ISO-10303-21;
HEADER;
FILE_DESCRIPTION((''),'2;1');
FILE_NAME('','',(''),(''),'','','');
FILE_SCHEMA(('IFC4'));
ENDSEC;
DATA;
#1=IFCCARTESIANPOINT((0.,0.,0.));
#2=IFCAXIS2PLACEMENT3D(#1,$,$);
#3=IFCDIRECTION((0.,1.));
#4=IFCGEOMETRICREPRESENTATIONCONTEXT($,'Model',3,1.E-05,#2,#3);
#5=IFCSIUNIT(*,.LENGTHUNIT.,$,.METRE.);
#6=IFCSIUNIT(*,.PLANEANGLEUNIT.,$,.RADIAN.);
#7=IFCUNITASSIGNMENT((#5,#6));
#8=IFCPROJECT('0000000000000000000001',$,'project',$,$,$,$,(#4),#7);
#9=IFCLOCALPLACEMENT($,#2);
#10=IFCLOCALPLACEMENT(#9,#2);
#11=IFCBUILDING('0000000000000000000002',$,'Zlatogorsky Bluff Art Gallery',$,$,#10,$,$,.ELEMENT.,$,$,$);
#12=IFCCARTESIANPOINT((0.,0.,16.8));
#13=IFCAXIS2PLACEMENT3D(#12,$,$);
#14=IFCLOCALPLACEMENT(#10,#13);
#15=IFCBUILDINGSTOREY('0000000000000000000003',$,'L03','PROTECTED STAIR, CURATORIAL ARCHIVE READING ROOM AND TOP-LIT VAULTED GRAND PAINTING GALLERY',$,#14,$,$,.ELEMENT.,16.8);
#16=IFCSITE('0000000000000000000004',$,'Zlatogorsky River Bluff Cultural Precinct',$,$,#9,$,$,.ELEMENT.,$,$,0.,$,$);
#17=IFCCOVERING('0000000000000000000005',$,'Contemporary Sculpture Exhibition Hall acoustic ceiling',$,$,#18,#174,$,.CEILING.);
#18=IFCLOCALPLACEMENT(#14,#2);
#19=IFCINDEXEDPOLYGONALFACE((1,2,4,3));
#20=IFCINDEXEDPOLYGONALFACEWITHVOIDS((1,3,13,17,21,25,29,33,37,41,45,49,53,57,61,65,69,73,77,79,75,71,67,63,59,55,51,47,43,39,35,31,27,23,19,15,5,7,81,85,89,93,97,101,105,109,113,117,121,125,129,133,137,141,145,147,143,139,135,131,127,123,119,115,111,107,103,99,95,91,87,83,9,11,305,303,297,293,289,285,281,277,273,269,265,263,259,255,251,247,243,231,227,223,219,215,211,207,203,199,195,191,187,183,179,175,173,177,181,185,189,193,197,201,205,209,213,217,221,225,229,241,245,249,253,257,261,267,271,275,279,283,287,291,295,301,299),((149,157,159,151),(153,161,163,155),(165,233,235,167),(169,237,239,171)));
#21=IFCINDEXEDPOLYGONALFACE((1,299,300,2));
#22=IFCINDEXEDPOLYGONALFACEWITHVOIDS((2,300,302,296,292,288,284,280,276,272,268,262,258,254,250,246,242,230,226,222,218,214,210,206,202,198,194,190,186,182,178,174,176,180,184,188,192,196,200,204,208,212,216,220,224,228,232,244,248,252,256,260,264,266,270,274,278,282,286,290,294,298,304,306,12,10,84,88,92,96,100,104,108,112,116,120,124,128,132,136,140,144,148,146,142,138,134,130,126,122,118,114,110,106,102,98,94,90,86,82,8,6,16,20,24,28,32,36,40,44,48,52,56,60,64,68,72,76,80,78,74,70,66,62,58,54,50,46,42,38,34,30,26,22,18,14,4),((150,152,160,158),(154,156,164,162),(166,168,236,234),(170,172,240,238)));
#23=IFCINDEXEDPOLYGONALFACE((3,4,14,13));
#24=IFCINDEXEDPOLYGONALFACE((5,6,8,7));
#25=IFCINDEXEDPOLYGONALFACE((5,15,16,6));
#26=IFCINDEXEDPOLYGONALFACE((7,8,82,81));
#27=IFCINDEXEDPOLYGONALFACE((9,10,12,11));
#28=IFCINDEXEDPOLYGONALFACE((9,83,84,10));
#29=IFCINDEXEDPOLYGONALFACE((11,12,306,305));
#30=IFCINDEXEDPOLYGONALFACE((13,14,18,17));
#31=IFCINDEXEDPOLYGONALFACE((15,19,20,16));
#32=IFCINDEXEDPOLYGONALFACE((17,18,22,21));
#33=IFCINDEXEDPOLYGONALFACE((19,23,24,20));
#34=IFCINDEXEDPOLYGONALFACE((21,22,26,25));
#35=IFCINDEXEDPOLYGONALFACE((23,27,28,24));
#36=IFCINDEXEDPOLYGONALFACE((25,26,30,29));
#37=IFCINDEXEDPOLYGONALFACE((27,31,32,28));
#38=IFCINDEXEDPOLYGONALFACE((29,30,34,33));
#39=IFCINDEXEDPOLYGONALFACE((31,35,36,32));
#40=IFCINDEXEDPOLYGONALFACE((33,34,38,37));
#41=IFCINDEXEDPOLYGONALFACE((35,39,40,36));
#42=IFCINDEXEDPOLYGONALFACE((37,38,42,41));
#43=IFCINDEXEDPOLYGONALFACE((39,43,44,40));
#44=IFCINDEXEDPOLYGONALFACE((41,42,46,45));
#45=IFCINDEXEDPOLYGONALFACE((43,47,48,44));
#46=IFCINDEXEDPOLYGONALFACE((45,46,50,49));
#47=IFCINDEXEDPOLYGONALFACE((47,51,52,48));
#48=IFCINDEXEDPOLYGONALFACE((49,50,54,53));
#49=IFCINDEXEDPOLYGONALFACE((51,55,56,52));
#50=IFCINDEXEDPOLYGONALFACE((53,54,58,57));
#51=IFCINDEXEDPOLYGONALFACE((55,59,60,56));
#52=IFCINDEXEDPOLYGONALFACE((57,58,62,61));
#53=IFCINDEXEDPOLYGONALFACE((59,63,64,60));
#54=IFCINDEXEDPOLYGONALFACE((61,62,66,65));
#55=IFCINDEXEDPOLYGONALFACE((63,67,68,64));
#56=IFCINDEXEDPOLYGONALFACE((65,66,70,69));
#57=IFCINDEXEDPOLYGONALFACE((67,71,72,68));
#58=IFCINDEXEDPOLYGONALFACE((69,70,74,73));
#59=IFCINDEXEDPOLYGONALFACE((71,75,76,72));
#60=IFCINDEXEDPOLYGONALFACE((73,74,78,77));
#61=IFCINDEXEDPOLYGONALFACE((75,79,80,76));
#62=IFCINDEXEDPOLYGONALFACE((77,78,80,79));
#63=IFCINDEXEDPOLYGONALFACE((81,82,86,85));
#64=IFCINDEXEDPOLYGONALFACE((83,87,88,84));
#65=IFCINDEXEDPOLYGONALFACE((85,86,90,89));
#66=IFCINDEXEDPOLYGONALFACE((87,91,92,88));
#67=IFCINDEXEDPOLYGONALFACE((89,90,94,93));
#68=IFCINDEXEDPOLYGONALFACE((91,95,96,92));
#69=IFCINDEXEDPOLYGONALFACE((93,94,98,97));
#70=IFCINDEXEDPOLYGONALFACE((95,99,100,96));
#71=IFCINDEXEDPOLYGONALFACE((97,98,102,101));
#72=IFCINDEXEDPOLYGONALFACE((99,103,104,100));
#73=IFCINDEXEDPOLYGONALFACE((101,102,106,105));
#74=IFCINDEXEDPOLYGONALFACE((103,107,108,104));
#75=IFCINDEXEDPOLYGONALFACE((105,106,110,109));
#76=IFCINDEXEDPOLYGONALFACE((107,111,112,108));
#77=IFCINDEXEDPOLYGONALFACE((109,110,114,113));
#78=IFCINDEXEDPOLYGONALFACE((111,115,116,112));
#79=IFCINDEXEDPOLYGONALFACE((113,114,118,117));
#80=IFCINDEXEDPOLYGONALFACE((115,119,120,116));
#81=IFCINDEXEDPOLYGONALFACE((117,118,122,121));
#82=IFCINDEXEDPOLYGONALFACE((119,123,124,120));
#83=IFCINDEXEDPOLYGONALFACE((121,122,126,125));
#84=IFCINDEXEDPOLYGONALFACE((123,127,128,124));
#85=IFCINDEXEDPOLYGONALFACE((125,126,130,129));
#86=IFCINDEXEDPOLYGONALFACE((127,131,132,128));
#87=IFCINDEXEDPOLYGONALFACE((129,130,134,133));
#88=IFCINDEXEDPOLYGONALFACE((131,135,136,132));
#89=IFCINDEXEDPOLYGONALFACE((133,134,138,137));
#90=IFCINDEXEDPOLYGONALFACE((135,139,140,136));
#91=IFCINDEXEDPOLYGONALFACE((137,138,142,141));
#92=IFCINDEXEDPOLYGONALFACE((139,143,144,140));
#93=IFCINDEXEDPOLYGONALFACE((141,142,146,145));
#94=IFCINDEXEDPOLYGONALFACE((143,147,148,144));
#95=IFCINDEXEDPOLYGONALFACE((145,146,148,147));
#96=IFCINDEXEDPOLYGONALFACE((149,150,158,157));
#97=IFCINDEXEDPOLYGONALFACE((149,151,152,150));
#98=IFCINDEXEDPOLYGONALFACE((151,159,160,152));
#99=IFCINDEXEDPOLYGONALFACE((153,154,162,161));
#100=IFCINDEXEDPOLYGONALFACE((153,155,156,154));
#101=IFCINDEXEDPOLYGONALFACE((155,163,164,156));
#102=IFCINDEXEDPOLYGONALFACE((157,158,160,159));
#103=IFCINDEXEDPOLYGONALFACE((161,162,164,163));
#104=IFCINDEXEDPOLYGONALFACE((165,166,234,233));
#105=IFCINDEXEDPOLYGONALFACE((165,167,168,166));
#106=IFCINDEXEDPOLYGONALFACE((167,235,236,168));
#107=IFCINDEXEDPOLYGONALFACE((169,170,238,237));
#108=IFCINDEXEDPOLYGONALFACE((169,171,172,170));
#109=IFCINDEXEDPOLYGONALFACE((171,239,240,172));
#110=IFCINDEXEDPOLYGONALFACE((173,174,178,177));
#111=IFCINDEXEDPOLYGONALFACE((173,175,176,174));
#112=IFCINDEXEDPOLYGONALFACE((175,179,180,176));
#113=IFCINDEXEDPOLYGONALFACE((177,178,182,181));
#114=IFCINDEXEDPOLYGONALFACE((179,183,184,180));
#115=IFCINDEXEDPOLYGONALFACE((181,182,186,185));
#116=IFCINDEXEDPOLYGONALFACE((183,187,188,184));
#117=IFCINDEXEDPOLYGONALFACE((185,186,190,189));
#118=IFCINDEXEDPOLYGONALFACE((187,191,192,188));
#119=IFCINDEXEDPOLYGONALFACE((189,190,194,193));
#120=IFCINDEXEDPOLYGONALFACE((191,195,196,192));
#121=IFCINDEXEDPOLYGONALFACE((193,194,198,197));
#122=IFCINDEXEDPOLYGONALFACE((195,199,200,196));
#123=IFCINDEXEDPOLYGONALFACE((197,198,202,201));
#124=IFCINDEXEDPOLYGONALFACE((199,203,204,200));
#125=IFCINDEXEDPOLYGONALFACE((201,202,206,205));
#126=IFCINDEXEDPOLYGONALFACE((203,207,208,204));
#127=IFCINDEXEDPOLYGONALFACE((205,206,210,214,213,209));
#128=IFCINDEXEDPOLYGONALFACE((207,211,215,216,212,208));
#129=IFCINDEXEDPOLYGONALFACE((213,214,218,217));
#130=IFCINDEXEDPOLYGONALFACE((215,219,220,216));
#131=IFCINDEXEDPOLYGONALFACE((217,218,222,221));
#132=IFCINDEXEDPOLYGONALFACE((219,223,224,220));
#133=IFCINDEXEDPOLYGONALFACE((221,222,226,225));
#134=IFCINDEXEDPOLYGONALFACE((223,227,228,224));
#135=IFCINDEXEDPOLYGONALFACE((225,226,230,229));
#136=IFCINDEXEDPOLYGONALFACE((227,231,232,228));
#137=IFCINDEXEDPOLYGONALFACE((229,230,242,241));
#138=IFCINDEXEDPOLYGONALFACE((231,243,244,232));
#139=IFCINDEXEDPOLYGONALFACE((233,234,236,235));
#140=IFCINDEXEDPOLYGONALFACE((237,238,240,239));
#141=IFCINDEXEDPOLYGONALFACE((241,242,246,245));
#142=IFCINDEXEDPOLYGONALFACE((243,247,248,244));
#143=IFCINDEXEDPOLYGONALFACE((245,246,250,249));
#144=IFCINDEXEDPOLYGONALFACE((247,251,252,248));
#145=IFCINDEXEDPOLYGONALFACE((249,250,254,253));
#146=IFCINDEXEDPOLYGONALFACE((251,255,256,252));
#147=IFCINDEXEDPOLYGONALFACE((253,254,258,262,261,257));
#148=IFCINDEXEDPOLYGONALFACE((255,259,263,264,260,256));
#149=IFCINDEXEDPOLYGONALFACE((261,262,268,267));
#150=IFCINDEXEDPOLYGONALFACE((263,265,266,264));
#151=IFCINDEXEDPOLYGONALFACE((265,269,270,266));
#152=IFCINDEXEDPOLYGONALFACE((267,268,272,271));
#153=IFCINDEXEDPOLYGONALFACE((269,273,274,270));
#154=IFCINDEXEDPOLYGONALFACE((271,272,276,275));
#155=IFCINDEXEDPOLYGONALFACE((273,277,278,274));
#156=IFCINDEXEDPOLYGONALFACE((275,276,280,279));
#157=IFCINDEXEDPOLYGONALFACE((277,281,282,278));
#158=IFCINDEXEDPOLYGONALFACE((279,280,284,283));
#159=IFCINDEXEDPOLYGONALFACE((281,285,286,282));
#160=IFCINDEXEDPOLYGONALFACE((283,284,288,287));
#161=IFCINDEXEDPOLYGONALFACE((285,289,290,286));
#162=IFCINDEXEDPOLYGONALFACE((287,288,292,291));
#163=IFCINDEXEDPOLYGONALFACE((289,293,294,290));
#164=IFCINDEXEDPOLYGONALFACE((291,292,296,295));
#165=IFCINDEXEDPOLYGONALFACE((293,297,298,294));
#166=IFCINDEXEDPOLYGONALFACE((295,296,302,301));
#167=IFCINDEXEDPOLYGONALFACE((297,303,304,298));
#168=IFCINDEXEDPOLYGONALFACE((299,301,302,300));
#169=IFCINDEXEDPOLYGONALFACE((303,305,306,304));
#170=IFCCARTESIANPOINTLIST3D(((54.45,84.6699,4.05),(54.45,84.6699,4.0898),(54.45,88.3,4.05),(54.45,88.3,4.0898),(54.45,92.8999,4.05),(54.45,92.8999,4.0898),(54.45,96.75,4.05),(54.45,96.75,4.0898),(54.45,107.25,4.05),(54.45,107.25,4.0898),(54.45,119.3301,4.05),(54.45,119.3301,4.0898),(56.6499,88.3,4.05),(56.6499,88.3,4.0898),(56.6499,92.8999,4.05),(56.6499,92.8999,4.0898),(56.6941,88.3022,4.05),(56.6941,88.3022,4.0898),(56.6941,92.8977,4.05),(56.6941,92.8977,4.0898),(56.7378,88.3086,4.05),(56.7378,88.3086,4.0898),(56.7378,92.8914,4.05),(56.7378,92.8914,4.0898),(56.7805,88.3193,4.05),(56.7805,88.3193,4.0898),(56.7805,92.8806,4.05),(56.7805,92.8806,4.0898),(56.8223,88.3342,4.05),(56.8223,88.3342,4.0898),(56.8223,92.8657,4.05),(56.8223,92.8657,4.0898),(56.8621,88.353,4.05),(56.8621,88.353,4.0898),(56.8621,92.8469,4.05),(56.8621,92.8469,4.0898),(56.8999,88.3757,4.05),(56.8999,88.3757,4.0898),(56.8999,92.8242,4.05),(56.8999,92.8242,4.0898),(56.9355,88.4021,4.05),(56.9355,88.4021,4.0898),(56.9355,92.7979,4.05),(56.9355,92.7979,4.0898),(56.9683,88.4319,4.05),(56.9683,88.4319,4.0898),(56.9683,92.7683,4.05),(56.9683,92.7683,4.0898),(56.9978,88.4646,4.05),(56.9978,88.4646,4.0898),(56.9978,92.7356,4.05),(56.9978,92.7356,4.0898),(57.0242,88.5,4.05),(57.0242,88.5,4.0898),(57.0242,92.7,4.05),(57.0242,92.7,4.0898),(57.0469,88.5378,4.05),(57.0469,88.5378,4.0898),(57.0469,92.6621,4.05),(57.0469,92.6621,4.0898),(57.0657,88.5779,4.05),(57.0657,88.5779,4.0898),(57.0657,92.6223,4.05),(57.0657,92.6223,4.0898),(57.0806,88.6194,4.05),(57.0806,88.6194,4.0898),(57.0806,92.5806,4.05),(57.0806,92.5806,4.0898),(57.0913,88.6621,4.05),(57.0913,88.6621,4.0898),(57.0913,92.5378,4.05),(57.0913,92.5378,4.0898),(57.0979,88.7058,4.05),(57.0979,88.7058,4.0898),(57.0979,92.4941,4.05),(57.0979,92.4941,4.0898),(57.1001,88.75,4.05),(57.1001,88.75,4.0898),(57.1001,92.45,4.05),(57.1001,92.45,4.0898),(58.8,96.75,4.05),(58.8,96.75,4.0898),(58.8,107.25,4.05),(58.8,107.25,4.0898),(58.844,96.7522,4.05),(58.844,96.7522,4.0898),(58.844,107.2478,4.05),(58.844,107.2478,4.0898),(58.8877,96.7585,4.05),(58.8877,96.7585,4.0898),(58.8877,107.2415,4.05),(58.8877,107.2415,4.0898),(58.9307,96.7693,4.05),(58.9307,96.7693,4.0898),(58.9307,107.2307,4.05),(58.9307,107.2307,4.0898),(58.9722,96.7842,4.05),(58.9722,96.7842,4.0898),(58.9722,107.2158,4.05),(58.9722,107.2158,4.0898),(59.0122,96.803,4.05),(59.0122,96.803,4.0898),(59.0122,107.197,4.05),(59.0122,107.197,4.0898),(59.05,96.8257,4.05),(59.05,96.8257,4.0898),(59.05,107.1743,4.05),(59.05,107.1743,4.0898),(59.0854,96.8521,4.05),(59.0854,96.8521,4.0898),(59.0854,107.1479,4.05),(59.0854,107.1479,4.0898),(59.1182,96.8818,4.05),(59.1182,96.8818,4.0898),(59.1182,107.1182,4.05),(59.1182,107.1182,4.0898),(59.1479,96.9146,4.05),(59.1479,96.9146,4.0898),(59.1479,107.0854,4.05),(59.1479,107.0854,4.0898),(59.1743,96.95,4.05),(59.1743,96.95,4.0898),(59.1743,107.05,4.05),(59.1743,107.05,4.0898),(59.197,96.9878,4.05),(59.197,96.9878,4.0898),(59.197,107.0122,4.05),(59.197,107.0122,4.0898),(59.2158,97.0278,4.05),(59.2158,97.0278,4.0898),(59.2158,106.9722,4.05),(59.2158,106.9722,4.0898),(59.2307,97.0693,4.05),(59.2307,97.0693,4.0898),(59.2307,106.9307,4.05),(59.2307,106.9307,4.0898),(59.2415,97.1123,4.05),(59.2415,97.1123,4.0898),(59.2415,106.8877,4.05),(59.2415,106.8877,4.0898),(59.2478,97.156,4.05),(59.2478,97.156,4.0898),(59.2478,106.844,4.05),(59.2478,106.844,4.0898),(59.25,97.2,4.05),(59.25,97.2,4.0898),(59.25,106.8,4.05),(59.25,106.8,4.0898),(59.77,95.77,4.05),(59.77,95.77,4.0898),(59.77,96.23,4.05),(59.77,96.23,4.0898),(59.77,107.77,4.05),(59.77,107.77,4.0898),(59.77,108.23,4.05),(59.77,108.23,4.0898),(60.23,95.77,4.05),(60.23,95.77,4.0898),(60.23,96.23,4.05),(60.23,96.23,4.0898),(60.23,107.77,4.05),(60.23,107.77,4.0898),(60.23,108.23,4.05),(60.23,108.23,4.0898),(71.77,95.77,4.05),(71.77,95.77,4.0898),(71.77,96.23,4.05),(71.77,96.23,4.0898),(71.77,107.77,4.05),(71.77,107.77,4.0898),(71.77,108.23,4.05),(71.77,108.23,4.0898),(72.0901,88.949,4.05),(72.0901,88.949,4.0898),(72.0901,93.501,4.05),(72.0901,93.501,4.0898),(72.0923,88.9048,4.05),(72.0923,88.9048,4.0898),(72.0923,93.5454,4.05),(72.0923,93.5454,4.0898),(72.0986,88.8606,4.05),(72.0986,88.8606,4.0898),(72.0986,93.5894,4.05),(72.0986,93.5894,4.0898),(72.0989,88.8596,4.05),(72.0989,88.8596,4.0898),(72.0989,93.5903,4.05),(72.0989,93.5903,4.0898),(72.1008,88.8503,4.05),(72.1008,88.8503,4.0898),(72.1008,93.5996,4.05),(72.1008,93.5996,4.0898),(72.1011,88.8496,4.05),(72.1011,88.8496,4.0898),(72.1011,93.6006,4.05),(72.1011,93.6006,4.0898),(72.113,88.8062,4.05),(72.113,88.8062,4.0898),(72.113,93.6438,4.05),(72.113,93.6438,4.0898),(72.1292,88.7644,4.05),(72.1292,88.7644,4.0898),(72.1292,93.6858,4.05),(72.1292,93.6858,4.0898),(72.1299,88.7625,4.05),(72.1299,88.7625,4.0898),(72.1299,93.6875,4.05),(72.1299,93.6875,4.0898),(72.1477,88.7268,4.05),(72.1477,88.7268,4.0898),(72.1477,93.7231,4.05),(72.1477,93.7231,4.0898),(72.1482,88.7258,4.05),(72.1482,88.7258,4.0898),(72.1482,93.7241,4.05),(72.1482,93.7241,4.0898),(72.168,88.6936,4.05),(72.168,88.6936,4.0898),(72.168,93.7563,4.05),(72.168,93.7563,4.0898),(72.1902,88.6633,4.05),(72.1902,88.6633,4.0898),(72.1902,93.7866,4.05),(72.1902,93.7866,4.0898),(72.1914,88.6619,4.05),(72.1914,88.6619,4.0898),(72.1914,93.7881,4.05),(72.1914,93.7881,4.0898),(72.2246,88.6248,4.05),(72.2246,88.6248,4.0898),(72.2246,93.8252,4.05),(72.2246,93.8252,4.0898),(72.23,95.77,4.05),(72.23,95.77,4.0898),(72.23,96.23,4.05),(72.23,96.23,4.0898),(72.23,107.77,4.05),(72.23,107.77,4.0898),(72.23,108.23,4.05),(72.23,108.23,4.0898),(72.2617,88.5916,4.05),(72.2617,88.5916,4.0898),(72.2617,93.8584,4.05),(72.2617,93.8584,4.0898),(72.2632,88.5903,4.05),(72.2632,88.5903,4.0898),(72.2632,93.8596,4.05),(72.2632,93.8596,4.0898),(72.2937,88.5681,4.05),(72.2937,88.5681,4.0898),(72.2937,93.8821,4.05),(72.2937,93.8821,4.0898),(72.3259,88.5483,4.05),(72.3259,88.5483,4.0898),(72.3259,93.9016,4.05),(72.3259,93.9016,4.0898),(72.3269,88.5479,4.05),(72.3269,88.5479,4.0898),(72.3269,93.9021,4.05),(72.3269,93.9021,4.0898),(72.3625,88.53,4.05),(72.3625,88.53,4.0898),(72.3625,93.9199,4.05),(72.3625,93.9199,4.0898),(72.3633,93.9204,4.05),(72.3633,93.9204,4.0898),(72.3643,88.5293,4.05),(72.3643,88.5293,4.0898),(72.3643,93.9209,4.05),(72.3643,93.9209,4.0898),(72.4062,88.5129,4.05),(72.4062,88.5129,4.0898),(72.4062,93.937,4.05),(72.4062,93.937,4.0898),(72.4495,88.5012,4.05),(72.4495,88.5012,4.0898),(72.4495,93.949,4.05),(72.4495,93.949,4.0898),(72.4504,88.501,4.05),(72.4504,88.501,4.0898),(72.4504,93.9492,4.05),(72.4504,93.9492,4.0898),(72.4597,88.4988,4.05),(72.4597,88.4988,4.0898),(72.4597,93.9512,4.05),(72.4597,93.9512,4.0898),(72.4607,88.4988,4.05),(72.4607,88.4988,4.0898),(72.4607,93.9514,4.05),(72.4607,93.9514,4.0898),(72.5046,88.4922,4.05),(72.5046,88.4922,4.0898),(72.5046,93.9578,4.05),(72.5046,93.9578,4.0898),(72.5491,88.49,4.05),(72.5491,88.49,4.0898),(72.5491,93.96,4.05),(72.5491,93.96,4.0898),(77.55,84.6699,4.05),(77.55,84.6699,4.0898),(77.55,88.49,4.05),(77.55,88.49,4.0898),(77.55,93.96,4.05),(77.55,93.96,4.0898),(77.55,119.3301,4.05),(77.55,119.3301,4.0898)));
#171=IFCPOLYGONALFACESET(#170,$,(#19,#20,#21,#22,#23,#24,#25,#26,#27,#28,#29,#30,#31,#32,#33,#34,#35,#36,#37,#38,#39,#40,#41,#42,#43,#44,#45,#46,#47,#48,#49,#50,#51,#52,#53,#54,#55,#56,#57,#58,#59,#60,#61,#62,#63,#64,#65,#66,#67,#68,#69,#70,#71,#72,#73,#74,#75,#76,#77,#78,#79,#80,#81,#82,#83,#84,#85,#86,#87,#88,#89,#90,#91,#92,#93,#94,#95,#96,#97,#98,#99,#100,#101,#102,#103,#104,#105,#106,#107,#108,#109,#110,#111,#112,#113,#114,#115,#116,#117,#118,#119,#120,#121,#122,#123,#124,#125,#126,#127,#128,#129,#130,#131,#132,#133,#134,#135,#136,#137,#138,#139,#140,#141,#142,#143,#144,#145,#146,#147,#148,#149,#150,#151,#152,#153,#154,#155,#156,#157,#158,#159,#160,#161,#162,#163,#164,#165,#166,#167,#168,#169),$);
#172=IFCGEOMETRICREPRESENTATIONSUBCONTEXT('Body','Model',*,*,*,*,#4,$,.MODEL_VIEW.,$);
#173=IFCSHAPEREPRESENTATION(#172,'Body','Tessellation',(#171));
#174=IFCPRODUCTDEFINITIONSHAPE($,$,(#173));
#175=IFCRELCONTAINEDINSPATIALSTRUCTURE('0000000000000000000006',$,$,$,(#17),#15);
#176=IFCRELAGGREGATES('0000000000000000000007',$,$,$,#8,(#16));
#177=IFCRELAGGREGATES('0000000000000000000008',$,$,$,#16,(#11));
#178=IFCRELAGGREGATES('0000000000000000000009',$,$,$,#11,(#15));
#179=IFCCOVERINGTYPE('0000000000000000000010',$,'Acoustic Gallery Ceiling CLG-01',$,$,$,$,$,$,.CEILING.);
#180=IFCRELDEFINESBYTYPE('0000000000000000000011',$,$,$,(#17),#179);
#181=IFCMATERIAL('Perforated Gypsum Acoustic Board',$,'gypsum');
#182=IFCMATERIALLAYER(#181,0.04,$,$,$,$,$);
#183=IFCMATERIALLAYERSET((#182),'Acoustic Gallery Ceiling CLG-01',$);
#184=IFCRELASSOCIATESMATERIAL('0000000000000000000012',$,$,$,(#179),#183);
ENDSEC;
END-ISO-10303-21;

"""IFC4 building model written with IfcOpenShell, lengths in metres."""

from ifc_helpers import new_model, si_unit, direction, frame, origin, place, context, subcontext, project, spatial, polyline, outline, extrude, material, layer, layer_set, type_object, element, save


model = new_model("IFC4")

# Units and contexts
model_context = context("Model", 3, precision=1e-05, world=origin(), true_north=direction((0.0, 1.0)))
body_context = subcontext(model_context, "Body", "Model", "MODEL_VIEW")
ifc_project = project(units=[si_unit("LENGTHUNIT", "METRE"), si_unit("PLANEANGLEUNIT", "RADIAN")], contexts=[model_context])

# Site, building, storey
site_placement = place(None, origin())
site = spatial("IfcSite", under=ifc_project, at=site_placement, Name="Zlatogorsky River Bluff Cultural Precinct", CompositionType="ELEMENT", RefElevation=0.0)
building_placement = place(site_placement, origin())
building = spatial("IfcBuilding", under=site, at=building_placement, Name="Zlatogorsky Bluff Art Gallery", CompositionType="ELEMENT")
storey_placement = place(building_placement, frame((0.0, 0.0, 16.8)))
storey = spatial("IfcBuildingStorey", under=building, at=storey_placement, Name="L03", Description="PROTECTED STAIR, CURATORIAL ARCHIVE READING ROOM AND TOP-LIT VAULTED GRAND PAINTING GALLERY", CompositionType="ELEMENT", Elevation=16.8)

# Covering
ifc_material_1 = material(Name="Perforated Gypsum Acoustic Board", Category="gypsum")
ifc_layer_1 = layer(ifc_material_1, 0.04)
ifc_layer_set_1 = layer_set([ifc_layer_1], Name="Acoustic Gallery Ceiling CLG-01")
covering_type_1 = type_object("IfcCoveringType", Name="Acoustic Gallery Ceiling CLG-01", PredefinedType="CEILING", material=ifc_layer_set_1)
covering_1_placement = place(storey_placement, frame((0.0, 0.0, 4.05)))
element("IfcCovering", 1, at=covering_1_placement, inside=storey, type_object=covering_type_1, Name="Contemporary Sculpture Exhibition Hall acoustic ceiling", PredefinedType="CEILING", context=body_context, shape_type="SweptSolid", body=[
    extrude(outline(polyline([(54.45, 88.3), (56.6499, 88.3), (56.6941, 88.3022), (56.7378, 88.3086), (56.7805, 88.3193), (56.8223, 88.3342), (56.8621, 88.353), (56.8999, 88.3757), (56.9355, 88.4021), (56.9683, 88.4319), (56.9978, 88.4646), (57.0242, 88.5), (57.0469, 88.5378), (57.0657, 88.5779), (57.0806, 88.6194), (57.0913, 88.6621), (57.0979, 88.7058), (57.1001, 88.75), (57.1001, 92.45), (57.0979, 92.4941), (57.0913, 92.5378), (57.0806, 92.5806), (57.0657, 92.6223), (57.0469, 92.6621), (57.0242, 92.7), (56.9978, 92.7356), (56.9683, 92.7683), (56.9355, 92.7979), (56.8999, 92.8242), (56.8621, 92.8469), (56.8223, 92.8657), (56.7805, 92.8806), (56.7378, 92.8914), (56.6941, 92.8977), (56.6499, 92.8999), (54.45, 92.8999), (54.45, 96.75), (58.8, 96.75), (58.844, 96.7522), (58.8877, 96.7585), (58.9307, 96.7693), (58.9722, 96.7842), (59.0122, 96.803), (59.05, 96.8257), (59.0854, 96.8521), (59.1182, 96.8818), (59.1479, 96.9146), (59.1743, 96.95), (59.197, 96.9878), (59.2158, 97.0278), (59.2307, 97.0693), (59.2415, 97.1123), (59.2478, 97.156), (59.25, 97.2), (59.25, 106.8), (59.2478, 106.844), (59.2415, 106.8877), (59.2307, 106.9307), (59.2158, 106.9722), (59.197, 107.0122), (59.1743, 107.05), (59.1479, 107.0854), (59.1182, 107.1182), (59.0854, 107.1479), (59.05, 107.1743), (59.0122, 107.197), (58.9722, 107.2158), (58.9307, 107.2307), (58.8877, 107.2415), (58.844, 107.2478), (58.8, 107.25), (54.45, 107.25), (54.45, 119.3301), (77.55, 119.3301), (77.55, 93.96), (72.5491, 93.96), (72.5046, 93.9578), (72.4607, 93.9514), (72.4597, 93.9512), (72.4504, 93.9492), (72.4495, 93.949), (72.4062, 93.937), (72.3643, 93.9209), (72.3633, 93.9204), (72.3625, 93.9199), (72.3269, 93.9021), (72.3259, 93.9016), (72.2937, 93.8821), (72.2632, 93.8596), (72.2617, 93.8584), (72.2246, 93.8252), (72.1914, 93.7881), (72.1902, 93.7866), (72.168, 93.7563), (72.1482, 93.7241), (72.1477, 93.7231), (72.1299, 93.6875), (72.1292, 93.6858), (72.113, 93.6438), (72.1011, 93.6006), (72.1008, 93.5996), (72.0989, 93.5903), (72.0986, 93.5894), (72.0923, 93.5454), (72.0901, 93.501), (72.0901, 88.949), (72.0923, 88.9048), (72.0986, 88.8606), (72.0989, 88.8596), (72.1008, 88.8503), (72.1011, 88.8496), (72.113, 88.8062), (72.1292, 88.7644), (72.1299, 88.7625), (72.1477, 88.7268), (72.1482, 88.7258), (72.168, 88.6936), (72.1902, 88.6633), (72.1914, 88.6619), (72.2246, 88.6248), (72.2617, 88.5916), (72.2632, 88.5903), (72.2937, 88.5681), (72.3259, 88.5483), (72.3269, 88.5479), (72.3625, 88.53), (72.3643, 88.5293), (72.4062, 88.5129), (72.4495, 88.5012), (72.4504, 88.501), (72.4597, 88.4988), (72.4607, 88.4988), (72.5046, 88.4922), (72.5491, 88.49), (77.55, 88.49), (77.55, 84.6699), (54.45, 84.6699), (54.45, 88.3)]), holes=[polyline([(59.77, 95.77), (60.23, 95.77), (60.23, 96.23), (59.77, 96.23), (59.77, 95.77)]), polyline([(72.23, 95.77), (72.23, 96.23), (71.77, 96.23), (71.77, 95.77), (72.23, 95.77)]), polyline([(71.77, 107.77), (72.23, 107.77), (72.23, 108.23), (71.77, 108.23), (71.77, 107.77)]), polyline([(59.77, 107.77), (60.23, 107.77), (60.23, 108.23), (59.77, 108.23), (59.77, 107.77)])]), origin(), (0.0, 0.0, 1.0), 0.0398),
])

save(model, "model.ifc")
